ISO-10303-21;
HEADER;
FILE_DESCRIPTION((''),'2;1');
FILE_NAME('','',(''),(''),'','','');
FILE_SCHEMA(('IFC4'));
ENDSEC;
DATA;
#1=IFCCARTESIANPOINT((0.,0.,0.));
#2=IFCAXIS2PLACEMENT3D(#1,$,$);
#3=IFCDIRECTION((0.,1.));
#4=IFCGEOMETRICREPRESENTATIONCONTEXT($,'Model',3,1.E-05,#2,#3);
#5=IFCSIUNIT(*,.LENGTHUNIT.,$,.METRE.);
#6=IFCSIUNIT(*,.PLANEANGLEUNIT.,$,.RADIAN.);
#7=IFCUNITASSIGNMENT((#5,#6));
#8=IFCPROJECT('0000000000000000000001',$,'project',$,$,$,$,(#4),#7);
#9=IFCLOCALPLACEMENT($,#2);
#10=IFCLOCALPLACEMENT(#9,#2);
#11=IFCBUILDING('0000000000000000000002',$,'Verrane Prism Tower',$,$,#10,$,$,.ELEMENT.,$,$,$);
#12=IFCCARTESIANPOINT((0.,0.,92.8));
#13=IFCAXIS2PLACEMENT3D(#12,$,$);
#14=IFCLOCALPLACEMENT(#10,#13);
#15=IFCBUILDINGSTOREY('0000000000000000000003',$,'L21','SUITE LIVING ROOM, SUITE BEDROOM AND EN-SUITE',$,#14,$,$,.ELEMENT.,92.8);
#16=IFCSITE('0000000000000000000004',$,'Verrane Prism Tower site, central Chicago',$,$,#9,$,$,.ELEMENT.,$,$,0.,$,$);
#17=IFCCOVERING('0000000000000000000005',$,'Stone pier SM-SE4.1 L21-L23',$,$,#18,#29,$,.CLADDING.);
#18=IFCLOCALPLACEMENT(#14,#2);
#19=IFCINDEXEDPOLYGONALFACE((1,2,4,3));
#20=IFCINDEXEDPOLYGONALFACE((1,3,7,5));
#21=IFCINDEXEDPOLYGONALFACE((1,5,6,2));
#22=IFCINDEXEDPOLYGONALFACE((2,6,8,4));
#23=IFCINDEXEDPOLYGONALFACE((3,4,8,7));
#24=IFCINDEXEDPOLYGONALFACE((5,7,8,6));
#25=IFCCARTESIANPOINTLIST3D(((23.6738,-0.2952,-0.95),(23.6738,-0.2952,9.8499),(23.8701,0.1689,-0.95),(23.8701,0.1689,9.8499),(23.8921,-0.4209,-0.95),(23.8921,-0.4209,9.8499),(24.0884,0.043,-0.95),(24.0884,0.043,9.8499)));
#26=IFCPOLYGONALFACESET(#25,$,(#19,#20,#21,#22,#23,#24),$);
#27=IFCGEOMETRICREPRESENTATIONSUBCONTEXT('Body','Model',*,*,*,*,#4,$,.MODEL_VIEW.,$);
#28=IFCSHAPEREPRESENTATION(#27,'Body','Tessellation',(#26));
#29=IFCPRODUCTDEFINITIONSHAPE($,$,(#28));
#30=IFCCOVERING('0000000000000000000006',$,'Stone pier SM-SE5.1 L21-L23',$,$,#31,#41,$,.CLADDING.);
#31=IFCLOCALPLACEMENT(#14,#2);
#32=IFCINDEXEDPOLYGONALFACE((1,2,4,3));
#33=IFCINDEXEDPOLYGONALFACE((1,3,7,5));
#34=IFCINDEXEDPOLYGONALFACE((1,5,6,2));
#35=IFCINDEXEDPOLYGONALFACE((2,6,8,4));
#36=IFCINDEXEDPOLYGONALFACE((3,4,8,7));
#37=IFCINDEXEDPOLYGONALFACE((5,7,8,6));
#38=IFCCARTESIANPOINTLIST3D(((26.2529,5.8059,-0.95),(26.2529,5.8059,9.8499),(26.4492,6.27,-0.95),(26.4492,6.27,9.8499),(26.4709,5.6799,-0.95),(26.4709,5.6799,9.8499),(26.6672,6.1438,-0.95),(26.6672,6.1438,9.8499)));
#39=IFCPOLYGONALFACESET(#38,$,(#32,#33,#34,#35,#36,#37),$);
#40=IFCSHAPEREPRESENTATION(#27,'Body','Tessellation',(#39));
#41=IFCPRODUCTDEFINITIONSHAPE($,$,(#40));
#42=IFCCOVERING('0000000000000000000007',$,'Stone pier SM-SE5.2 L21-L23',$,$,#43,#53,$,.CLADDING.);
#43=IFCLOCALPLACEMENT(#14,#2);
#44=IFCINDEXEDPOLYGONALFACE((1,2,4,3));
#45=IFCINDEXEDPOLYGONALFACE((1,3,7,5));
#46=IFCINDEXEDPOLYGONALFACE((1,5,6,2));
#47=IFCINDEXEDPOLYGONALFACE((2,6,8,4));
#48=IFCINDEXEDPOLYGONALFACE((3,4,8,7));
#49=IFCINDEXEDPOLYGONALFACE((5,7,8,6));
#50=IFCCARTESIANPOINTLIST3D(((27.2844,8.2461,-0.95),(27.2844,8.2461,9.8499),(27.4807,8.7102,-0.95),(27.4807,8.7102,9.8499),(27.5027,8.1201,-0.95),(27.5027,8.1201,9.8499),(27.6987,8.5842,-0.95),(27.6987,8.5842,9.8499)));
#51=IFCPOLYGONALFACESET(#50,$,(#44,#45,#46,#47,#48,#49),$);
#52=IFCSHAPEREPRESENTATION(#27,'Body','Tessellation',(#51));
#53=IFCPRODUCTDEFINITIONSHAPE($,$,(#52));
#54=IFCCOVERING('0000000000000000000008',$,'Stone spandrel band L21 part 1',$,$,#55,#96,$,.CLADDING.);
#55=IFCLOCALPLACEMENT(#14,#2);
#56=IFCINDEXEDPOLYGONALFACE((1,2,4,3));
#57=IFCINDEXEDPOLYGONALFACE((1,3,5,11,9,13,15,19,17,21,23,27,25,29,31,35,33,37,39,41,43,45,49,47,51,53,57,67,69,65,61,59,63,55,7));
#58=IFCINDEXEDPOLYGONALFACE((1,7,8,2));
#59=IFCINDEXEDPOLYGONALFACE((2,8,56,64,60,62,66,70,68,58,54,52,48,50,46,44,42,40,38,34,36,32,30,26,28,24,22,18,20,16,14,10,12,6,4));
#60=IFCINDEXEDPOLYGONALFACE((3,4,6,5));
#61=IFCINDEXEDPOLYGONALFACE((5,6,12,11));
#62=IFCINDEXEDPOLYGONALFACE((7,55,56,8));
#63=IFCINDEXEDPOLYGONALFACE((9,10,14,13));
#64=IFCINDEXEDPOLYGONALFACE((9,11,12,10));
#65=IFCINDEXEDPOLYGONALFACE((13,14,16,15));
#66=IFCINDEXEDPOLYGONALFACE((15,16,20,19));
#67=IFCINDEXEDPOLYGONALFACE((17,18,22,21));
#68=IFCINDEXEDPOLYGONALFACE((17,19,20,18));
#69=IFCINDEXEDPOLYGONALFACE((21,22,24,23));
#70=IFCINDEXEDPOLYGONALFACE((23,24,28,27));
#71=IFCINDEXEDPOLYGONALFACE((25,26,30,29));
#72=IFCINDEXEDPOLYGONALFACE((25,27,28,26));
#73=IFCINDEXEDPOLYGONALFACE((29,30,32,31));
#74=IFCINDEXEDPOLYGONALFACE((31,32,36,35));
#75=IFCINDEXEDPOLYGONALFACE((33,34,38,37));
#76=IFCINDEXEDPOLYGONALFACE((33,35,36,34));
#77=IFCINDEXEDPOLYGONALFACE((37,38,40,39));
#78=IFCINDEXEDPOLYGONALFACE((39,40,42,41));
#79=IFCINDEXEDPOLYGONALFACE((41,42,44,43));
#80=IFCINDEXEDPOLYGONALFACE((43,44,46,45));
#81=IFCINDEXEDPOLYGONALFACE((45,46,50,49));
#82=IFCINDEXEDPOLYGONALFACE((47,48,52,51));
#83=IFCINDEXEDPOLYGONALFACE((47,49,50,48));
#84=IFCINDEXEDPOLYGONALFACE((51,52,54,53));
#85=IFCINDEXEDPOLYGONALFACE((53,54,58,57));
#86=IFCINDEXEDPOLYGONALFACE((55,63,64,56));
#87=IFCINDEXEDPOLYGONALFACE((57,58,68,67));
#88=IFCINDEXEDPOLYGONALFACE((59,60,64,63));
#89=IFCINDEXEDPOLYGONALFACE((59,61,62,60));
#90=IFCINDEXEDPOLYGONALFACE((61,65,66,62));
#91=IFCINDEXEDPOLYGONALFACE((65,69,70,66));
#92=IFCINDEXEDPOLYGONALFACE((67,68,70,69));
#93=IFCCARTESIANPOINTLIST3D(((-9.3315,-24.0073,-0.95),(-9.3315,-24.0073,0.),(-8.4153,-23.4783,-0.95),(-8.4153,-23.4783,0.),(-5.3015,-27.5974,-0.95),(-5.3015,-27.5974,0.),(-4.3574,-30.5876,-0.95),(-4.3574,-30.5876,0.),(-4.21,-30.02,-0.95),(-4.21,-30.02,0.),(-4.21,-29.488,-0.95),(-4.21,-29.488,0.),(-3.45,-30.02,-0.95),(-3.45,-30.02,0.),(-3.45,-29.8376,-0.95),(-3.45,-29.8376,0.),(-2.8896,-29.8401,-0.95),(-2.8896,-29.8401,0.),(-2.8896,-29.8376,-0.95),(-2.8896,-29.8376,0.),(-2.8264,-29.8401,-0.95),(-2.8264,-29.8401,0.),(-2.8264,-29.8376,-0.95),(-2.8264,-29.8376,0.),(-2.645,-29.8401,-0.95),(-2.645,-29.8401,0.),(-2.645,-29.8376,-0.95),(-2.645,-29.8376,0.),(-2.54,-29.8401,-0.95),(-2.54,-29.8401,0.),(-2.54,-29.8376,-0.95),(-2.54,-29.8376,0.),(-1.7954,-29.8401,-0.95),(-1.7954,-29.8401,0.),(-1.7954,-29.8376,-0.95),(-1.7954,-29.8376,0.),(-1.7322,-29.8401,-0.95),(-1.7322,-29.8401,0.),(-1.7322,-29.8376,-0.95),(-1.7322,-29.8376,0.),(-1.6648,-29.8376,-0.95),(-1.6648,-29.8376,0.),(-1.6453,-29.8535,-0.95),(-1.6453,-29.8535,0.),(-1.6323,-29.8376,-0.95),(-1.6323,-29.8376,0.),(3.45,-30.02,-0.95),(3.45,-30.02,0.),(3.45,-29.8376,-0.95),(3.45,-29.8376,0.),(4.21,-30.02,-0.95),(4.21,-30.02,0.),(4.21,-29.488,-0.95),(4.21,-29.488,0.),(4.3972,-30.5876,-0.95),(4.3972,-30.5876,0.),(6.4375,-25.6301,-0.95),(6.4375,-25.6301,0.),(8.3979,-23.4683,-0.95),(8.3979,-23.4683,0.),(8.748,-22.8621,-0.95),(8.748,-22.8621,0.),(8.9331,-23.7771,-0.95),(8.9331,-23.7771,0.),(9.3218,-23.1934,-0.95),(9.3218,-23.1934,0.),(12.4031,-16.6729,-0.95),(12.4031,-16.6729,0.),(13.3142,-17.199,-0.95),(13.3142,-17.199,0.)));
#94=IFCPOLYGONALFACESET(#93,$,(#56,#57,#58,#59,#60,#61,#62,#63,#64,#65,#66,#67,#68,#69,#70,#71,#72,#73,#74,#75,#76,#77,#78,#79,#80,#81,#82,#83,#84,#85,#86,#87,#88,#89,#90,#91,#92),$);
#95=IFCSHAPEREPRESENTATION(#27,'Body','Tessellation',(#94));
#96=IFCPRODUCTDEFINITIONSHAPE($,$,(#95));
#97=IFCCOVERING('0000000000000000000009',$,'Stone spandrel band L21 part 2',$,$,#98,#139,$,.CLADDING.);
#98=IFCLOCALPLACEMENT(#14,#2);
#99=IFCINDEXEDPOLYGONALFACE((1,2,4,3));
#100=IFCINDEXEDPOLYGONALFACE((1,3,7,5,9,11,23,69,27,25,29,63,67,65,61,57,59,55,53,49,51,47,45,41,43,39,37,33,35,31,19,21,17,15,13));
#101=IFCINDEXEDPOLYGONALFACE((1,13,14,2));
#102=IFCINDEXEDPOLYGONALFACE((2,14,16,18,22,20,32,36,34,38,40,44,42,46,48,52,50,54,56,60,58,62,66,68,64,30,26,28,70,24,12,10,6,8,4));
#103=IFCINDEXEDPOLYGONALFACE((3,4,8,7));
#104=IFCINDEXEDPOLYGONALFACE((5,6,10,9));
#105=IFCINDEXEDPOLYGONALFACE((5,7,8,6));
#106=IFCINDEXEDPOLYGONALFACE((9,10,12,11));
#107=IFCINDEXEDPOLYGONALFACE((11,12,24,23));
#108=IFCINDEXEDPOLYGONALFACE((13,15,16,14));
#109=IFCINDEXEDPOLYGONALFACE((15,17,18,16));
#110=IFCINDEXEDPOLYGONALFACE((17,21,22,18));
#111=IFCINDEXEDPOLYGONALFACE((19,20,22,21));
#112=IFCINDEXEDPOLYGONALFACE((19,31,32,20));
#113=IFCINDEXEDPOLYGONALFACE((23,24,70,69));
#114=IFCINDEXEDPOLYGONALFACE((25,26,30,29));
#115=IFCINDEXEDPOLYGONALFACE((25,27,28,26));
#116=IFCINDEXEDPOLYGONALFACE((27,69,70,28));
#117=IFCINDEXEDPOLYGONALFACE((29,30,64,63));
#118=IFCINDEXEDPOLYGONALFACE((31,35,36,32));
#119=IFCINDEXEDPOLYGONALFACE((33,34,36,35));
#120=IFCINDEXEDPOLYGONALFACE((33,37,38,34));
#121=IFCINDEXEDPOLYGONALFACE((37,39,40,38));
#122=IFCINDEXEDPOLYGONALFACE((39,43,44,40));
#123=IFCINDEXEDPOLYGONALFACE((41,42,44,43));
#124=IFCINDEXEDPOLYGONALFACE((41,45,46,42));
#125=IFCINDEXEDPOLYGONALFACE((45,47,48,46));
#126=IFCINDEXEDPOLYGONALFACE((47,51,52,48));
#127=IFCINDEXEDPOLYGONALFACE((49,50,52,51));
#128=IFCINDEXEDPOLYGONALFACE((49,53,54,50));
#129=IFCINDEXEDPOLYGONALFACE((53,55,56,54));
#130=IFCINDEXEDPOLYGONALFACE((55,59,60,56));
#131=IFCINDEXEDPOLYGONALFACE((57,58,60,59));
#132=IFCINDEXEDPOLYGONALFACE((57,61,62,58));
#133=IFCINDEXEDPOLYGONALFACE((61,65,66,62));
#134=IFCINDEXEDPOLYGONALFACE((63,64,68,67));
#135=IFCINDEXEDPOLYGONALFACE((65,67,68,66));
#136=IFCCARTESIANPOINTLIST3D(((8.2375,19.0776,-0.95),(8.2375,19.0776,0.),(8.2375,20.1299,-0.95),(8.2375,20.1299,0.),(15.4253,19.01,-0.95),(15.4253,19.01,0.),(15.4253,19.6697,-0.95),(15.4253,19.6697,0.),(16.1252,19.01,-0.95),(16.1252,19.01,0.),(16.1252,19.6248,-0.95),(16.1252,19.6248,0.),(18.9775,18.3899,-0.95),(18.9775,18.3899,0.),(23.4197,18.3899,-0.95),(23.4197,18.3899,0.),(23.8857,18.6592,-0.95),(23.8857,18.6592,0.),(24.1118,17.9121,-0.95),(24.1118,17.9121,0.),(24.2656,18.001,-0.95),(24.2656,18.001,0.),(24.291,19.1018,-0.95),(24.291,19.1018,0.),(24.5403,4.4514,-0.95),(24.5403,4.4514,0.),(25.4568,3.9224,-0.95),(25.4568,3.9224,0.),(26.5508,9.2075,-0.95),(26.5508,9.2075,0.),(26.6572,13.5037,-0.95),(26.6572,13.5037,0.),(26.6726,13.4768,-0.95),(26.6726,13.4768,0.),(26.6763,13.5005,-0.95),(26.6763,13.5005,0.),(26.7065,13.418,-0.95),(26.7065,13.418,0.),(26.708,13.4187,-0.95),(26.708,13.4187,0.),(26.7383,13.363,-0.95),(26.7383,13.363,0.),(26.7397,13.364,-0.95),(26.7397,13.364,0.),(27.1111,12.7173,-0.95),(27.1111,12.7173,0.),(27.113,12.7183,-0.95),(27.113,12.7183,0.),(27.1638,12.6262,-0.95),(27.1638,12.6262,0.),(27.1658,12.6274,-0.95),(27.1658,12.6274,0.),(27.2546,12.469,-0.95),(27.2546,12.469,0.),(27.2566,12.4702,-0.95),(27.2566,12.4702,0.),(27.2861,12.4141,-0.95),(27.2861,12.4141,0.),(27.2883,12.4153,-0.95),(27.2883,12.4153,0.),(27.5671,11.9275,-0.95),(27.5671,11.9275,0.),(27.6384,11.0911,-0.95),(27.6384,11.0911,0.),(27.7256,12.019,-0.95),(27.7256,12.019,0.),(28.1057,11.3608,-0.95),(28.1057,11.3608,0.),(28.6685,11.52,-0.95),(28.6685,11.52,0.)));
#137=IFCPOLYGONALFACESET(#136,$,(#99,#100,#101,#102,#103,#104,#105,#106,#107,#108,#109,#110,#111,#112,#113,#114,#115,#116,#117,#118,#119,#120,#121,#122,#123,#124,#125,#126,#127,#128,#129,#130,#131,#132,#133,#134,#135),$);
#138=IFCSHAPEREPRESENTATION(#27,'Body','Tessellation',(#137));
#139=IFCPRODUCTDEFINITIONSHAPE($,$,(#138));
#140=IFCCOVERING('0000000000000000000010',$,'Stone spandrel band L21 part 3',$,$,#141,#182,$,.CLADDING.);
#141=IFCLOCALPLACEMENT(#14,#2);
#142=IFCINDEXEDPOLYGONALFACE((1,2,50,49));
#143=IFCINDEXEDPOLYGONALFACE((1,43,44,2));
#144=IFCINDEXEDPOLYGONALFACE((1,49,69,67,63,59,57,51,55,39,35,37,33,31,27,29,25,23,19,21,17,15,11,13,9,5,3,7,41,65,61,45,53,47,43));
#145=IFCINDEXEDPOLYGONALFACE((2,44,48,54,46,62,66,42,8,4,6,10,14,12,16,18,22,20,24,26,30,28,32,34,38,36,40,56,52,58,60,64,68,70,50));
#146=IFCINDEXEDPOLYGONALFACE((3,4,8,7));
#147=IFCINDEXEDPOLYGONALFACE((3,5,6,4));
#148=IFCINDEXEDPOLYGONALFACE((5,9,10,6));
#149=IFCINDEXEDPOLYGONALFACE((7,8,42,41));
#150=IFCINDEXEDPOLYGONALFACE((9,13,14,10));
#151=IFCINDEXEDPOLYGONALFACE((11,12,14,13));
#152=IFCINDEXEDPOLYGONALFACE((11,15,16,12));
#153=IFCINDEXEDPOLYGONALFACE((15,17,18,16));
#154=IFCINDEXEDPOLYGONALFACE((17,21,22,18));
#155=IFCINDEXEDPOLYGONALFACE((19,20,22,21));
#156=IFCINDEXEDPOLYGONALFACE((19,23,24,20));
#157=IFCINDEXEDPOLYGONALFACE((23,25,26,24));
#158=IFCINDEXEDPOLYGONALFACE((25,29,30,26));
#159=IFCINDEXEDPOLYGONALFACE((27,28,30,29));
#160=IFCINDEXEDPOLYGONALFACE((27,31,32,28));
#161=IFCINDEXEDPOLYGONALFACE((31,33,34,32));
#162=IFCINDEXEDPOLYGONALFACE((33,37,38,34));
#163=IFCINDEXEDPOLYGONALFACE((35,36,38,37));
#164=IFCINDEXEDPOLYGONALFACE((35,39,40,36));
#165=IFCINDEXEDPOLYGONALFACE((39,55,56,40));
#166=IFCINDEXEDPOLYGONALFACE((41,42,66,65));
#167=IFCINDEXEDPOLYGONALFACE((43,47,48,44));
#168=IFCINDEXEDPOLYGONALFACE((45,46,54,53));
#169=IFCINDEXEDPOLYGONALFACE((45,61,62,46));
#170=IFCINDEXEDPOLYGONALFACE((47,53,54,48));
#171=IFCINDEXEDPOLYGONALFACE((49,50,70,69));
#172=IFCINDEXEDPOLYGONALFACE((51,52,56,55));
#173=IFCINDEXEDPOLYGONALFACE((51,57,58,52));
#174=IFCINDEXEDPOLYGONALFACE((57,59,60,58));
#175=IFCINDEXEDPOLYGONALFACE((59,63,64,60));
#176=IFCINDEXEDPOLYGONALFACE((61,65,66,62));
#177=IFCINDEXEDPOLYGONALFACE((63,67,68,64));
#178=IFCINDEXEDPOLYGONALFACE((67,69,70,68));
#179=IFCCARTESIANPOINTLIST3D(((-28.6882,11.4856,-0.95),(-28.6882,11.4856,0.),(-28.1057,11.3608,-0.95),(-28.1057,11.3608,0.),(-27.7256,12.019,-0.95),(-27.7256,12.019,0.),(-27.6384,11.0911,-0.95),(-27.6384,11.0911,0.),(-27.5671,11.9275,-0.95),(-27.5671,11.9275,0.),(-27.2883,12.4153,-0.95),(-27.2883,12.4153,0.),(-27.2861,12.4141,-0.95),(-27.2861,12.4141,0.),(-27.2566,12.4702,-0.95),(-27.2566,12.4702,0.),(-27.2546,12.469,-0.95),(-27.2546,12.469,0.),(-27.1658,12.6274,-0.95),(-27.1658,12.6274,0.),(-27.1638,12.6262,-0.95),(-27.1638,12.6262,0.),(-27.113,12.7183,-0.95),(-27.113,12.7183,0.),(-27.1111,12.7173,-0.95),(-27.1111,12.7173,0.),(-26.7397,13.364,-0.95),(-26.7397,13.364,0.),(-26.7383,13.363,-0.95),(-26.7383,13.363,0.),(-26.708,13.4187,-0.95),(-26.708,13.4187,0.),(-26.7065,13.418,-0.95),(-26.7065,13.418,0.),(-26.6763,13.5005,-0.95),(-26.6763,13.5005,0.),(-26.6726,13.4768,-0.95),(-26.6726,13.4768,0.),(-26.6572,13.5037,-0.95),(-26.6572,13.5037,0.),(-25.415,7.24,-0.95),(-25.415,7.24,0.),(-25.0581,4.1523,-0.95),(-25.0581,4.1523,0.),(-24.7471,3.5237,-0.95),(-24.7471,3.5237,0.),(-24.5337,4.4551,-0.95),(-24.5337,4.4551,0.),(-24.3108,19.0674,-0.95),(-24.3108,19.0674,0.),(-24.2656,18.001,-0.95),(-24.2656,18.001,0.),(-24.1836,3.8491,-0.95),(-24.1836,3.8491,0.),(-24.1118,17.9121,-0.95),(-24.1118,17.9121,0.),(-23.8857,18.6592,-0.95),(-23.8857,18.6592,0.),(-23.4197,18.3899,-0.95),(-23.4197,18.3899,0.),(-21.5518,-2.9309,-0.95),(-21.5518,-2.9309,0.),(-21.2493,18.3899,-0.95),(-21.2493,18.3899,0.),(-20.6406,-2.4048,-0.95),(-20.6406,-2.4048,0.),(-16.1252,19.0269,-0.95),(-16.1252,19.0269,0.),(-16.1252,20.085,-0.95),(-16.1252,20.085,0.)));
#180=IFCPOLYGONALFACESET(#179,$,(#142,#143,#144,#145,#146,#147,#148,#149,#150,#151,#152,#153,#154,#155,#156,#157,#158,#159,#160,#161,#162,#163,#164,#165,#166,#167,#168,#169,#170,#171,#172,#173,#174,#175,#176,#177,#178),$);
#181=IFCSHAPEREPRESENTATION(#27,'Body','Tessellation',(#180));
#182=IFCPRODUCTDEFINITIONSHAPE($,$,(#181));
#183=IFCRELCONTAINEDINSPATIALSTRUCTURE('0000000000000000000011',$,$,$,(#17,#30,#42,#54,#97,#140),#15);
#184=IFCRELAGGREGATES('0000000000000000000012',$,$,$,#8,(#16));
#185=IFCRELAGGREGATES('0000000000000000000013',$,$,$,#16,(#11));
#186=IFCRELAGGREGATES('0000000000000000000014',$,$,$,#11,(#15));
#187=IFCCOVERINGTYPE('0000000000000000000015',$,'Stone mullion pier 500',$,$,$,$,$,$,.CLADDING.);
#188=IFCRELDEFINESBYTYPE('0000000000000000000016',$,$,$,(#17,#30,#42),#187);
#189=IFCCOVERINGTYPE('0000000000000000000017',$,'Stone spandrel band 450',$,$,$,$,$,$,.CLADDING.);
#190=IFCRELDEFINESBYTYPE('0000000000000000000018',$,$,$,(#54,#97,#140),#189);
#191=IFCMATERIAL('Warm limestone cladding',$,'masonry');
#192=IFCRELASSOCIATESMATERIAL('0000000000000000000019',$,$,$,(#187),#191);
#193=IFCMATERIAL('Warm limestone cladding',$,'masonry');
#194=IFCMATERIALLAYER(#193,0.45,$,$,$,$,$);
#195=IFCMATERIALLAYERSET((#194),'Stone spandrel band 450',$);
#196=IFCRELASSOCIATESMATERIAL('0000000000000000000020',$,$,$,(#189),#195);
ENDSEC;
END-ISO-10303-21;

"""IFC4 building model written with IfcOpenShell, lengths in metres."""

from ifc_helpers import new_model, si_unit, direction, frame, origin, place, context, subcontext, project, spatial, polyline, outline, extrude, material, layer, layer_set, type_object, element, save


model = new_model("IFC4")

# Units and contexts
model_context = context("Model", 3, precision=1e-05, world=origin(), true_north=direction((0.0, 1.0)))
body_context = subcontext(model_context, "Body", "Model", "MODEL_VIEW")
ifc_project = project(units=[si_unit("LENGTHUNIT", "METRE"), si_unit("PLANEANGLEUNIT", "RADIAN")], contexts=[model_context])

# Site, building, storey
site_placement = place(None, origin())
site = spatial("IfcSite", under=ifc_project, at=site_placement, Name="Verrane Prism Tower site, central Chicago", CompositionType="ELEMENT", RefElevation=0.0)
building_placement = place(site_placement, origin())
building = spatial("IfcBuilding", under=site, at=building_placement, Name="Verrane Prism Tower", CompositionType="ELEMENT")
storey_placement = place(building_placement, frame((0.0, 0.0, 92.8)))
storey = spatial("IfcBuildingStorey", under=building, at=storey_placement, Name="L21", Description="SUITE LIVING ROOM, SUITE BEDROOM AND EN-SUITE", CompositionType="ELEMENT", Elevation=92.8)

# Coverings
ifc_material_1 = material(Name="Warm limestone cladding", Category="masonry")
covering_type_1 = type_object("IfcCoveringType", Name="Stone mullion pier 500", PredefinedType="CLADDING", material=ifc_material_1)
covering_1_placement = place(storey_placement, frame((0.0, 0.0, -0.95)))
element("IfcCovering", 1, at=covering_1_placement, inside=storey, type_object=covering_type_1, Name="Stone pier SM-SE4.1 L21-L23", PredefinedType="CLADDING", context=body_context, shape_type="SweptSolid", body=[
    extrude(outline(polyline([(23.8701, 0.1689), (23.6738, -0.2952), (23.8921, -0.4209), (24.0884, 0.043), (23.8701, 0.1689)])), origin(), (0.0, 0.0, 1.0), 10.7998),
])
covering_2_placement = place(storey_placement, frame((0.0, 0.0, -0.95)))
element("IfcCovering", 2, at=covering_2_placement, inside=storey, type_object=covering_type_1, Name="Stone pier SM-SE5.1 L21-L23", PredefinedType="CLADDING", context=body_context, shape_type="SweptSolid", body=[
    extrude(outline(polyline([(26.4492, 6.27), (26.2529, 5.8059), (26.4709, 5.6799), (26.6672, 6.1438), (26.4492, 6.27)])), origin(), (0.0, 0.0, 1.0), 10.7998),
])
covering_3_placement = place(storey_placement, frame((0.0, 0.0, -0.95)))
element("IfcCovering", 3, at=covering_3_placement, inside=storey, type_object=covering_type_1, Name="Stone pier SM-SE5.2 L21-L23", PredefinedType="CLADDING", context=body_context, shape_type="SweptSolid", body=[
    extrude(outline(polyline([(27.4807, 8.7102), (27.2844, 8.2461), (27.5027, 8.1201), (27.6987, 8.5842), (27.4807, 8.7102)])), origin(), (0.0, 0.0, 1.0), 10.7998),
])
ifc_material_2 = material(Name="Warm limestone cladding", Category="masonry")
ifc_layer_1 = layer(ifc_material_2, 0.45)
ifc_layer_set_1 = layer_set([ifc_layer_1], Name="Stone spandrel band 450")
covering_type_2 = type_object("IfcCoveringType", Name="Stone spandrel band 450", PredefinedType="CLADDING", material=ifc_layer_set_1)
covering_4_placement = place(storey_placement, frame((0.0, 0.0, -0.95)))
element("IfcCovering", 4, at=covering_4_placement, inside=storey, type_object=covering_type_2, Name="Stone spandrel band L21 part 1", PredefinedType="CLADDING", context=body_context, shape_type="SweptSolid", body=[
    extrude(outline(polyline([(4.3972, -30.5876), (8.9331, -23.7771), (8.3979, -23.4683), (8.748, -22.8621), (9.3218, -23.1934), (13.3142, -17.199), (12.4031, -16.6729), (6.4375, -25.6301), (4.21, -29.488), (4.21, -30.02), (3.45, -30.02), (3.45, -29.8376), (-1.6323, -29.8376), (-1.6453, -29.8535), (-1.6648, -29.8376), (-1.7322, -29.8376), (-1.7322, -29.8401), (-1.7954, -29.8401), (-1.7954, -29.8376), (-2.54, -29.8376), (-2.54, -29.8401), (-2.645, -29.8401), (-2.645, -29.8376), (-2.8264, -29.8376), (-2.8264, -29.8401), (-2.8896, -29.8401), (-2.8896, -29.8376), (-3.45, -29.8376), (-3.45, -30.02), (-4.21, -30.02), (-4.21, -29.488), (-5.3015, -27.5974), (-8.4153, -23.4783), (-9.3315, -24.0073), (-4.3574, -30.5876), (4.3972, -30.5876)])), origin(), (0.0, 0.0, 1.0), 0.95),
])
covering_5_placement = place(storey_placement, frame((0.0, 0.0, -0.95)))
element("IfcCovering", 5, at=covering_5_placement, inside=storey, type_object=covering_type_2, Name="Stone spandrel band L21 part 2", PredefinedType="CLADDING", context=body_context, shape_type="SweptSolid", body=[
    extrude(outline(polyline([(8.2375, 19.0776), (18.9775, 18.3899), (23.4197, 18.3899), (23.8857, 18.6592), (24.2656, 18.001), (24.1118, 17.9121), (26.6572, 13.5037), (26.6763, 13.5005), (26.6726, 13.4768), (26.7065, 13.418), (26.708, 13.4187), (26.7397, 13.364), (26.7383, 13.363), (27.1111, 12.7173), (27.113, 12.7183), (27.1658, 12.6274), (27.1638, 12.6262), (27.2546, 12.469), (27.2566, 12.4702), (27.2883, 12.4153), (27.2861, 12.4141), (27.5671, 11.9275), (27.7256, 12.019), (28.1057, 11.3608), (27.6384, 11.0911), (26.5508, 9.2075), (24.5403, 4.4514), (25.4568, 3.9224), (28.6685, 11.52), (24.291, 19.1018), (16.1252, 19.6248), (16.1252, 19.01), (15.4253, 19.01), (15.4253, 19.6697), (8.2375, 20.1299), (8.2375, 19.0776)])), origin(), (0.0, 0.0, 1.0), 0.95),
])
covering_6_placement = place(storey_placement, frame((0.0, 0.0, -0.95)))
element("IfcCovering", 6, at=covering_6_placement, inside=storey, type_object=covering_type_2, Name="Stone spandrel band L21 part 3", PredefinedType="CLADDING", context=body_context, shape_type="SweptSolid", body=[
    extrude(outline(polyline([(-27.2566, 12.4702), (-27.2546, 12.469), (-27.1638, 12.6262), (-27.1658, 12.6274), (-27.113, 12.7183), (-27.1111, 12.7173), (-26.7383, 13.363), (-26.7397, 13.364), (-26.708, 13.4187), (-26.7065, 13.418), (-26.6726, 13.4768), (-26.6763, 13.5005), (-26.6572, 13.5037), (-24.1118, 17.9121), (-24.2656, 18.001), (-23.8857, 18.6592), (-23.4197, 18.3899), (-21.2493, 18.3899), (-16.1252, 19.0269), (-16.1252, 20.085), (-24.3108, 19.0674), (-28.6882, 11.4856), (-25.0581, 4.1523), (-24.5337, 4.4551), (-24.1836, 3.8491), (-24.7471, 3.5237), (-21.5518, -2.9309), (-20.6406, -2.4048), (-25.415, 7.24), (-27.6384, 11.0911), (-28.1057, 11.3608), (-27.7256, 12.019), (-27.5671, 11.9275), (-27.2861, 12.4141), (-27.2883, 12.4153), (-27.2566, 12.4702)])), origin(), (0.0, 0.0, 1.0), 0.95),
])

save(model, "model.ifc")
